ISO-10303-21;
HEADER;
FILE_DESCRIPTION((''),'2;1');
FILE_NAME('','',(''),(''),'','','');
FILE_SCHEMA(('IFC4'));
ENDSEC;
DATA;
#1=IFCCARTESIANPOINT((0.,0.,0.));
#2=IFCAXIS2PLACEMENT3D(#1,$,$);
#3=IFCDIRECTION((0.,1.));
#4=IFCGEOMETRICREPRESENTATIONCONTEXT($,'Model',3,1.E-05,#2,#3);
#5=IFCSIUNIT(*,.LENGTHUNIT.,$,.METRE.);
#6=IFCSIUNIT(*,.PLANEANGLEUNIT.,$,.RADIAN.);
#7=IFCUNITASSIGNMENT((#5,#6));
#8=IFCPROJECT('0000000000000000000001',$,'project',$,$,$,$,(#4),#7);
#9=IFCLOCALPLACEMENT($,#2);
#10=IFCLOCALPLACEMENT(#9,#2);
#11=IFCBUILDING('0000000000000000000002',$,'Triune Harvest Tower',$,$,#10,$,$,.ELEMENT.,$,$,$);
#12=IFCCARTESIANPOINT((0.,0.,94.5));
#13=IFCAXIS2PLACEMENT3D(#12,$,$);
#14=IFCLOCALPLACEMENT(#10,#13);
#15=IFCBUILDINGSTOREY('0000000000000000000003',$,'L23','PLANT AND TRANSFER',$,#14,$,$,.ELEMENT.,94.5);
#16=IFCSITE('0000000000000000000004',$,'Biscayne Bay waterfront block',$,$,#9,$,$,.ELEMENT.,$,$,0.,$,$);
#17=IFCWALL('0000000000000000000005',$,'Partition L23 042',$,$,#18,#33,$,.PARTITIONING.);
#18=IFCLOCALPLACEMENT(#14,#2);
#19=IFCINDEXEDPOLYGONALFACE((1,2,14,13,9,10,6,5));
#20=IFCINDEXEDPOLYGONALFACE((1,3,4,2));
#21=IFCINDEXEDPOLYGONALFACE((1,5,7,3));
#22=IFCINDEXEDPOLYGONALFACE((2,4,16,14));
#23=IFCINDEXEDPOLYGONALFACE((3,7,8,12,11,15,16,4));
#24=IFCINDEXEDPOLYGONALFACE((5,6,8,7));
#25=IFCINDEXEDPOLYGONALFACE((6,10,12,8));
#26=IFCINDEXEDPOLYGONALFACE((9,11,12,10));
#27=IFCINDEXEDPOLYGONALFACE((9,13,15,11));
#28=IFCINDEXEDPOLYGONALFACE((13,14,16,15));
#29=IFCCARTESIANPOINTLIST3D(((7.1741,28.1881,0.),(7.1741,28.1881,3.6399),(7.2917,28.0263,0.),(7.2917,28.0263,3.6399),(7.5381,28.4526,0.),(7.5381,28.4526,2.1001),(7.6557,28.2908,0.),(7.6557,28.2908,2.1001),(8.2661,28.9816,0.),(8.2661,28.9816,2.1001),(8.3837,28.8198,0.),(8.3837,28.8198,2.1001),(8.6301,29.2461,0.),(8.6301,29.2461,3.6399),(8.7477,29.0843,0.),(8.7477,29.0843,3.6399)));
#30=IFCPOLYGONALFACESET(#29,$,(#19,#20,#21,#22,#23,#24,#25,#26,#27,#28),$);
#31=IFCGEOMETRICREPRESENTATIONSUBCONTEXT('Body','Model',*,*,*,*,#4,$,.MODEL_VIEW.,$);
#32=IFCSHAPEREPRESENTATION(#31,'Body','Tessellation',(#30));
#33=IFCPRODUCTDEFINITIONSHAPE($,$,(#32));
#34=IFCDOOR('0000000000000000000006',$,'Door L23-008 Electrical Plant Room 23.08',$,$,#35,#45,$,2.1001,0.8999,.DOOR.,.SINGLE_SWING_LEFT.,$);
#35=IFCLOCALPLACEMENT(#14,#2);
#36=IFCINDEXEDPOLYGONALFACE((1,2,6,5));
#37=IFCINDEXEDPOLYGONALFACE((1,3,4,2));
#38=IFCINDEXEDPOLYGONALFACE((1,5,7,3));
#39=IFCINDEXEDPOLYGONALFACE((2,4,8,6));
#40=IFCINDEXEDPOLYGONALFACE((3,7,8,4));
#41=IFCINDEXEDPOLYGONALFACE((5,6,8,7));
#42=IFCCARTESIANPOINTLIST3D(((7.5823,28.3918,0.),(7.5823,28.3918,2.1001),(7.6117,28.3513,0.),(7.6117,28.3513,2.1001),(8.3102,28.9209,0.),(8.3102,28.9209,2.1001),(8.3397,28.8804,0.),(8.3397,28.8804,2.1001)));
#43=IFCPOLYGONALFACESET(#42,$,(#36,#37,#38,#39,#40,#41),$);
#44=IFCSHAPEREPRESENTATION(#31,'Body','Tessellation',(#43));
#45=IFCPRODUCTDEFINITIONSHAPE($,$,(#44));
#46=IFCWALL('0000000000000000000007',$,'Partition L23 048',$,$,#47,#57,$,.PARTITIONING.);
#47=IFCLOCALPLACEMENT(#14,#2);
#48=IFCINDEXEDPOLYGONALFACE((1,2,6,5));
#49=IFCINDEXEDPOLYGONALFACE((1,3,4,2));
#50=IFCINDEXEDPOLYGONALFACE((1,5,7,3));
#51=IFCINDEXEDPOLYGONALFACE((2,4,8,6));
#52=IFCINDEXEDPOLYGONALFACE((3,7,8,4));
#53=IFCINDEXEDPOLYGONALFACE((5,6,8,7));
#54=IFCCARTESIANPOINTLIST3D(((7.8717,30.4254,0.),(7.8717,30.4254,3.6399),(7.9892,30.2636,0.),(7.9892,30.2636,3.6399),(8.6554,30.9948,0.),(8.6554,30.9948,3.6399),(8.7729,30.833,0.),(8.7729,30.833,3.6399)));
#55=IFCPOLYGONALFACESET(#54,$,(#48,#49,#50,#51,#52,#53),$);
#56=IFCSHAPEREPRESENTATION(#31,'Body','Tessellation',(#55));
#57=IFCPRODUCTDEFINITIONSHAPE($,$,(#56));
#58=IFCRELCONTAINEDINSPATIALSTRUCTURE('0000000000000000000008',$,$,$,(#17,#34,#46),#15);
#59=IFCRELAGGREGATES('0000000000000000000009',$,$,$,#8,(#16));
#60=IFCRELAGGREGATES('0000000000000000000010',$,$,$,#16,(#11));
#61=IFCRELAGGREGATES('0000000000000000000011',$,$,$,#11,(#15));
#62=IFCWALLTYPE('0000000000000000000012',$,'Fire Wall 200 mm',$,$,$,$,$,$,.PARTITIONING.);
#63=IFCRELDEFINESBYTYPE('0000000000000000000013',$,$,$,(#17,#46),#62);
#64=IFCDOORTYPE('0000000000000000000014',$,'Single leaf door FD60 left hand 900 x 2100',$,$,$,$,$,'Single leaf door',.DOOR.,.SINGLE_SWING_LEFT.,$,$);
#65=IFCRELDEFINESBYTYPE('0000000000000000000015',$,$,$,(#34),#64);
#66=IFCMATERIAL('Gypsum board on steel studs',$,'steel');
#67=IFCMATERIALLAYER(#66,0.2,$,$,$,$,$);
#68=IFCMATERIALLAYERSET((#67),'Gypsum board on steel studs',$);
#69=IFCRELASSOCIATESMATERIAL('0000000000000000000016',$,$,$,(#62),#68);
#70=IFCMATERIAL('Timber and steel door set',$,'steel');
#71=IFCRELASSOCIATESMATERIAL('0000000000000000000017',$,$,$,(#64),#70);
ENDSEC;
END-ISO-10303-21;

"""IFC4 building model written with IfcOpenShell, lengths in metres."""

from ifc_helpers import new_model, si_unit, direction, frame, frame_2d, origin, place, context, subcontext, project, spatial, rectangle, extrude, material, layer, layer_set, type_object, element, fill, save


model = new_model("IFC4")

# Units and contexts
model_context = context("Model", 3, precision=1e-05, world=origin(), true_north=direction((0.0, 1.0)))
body_context = subcontext(model_context, "Body", "Model", "MODEL_VIEW")
ifc_project = project(units=[si_unit("LENGTHUNIT", "METRE"), si_unit("PLANEANGLEUNIT", "RADIAN")], contexts=[model_context])

# Site, building, storey
site_placement = place(None, origin())
site = spatial("IfcSite", under=ifc_project, at=site_placement, Name="Biscayne Bay waterfront block", CompositionType="ELEMENT", RefElevation=0.0)
building_placement = place(site_placement, origin())
building = spatial("IfcBuilding", under=site, at=building_placement, Name="Triune Harvest Tower", CompositionType="ELEMENT")
storey_placement = place(building_placement, frame((0.0, 0.0, 94.5)))
storey = spatial("IfcBuildingStorey", under=building, at=storey_placement, Name="L23", Description="PLANT AND TRANSFER", CompositionType="ELEMENT", Elevation=94.5)

# Shared definitions
ifc_material_1 = material(Name="Gypsum board on steel studs", Category="steel")
ifc_layer_1 = layer(ifc_material_1, 0.2)
ifc_layer_set_1 = layer_set([ifc_layer_1], Name="Gypsum board on steel studs")
wall_type = type_object("IfcWallType", Name="Fire Wall 200 mm", PredefinedType="PARTITIONING", material=ifc_layer_set_1)

# Wall, opening, door
wall_1_placement = place(storey_placement, frame((7.2329, 28.1072, 0.0), z_axis=(0.0, 0.0, 1.0), x_axis=(0.808959, 0.587865, 0.0)))
wall_1 = element("IfcWall", 1, at=wall_1_placement, inside=storey, type_object=wall_type, Name="Partition L23 042", PredefinedType="PARTITIONING", context=body_context, shape_type="SweptSolid", body=[
    extrude(rectangle(XDim=1.7998, YDim=0.2, at=frame_2d((0.8999, 0.0))), origin(), (0.0, 0.0, 1.0), 3.6399),
])
opening_placement = place(wall_1_placement, frame((0.45, 0.0, 0.0)))
opening = element("IfcOpeningElement", 2, at=opening_placement, cuts=wall_1, PredefinedType="OPENING", context=body_context, shape_type="SweptSolid", body=[
    extrude(rectangle(XDim=0.8999, YDim=2.1001, at=frame_2d((0.45, 1.05))), frame((0.0, 0.1099, 0.0), z_axis=(0.0, -1.0, 0.0), x_axis=(1.0, 0.0, 0.0)), (0.0, 0.0, 1.0), 0.22),
])
ifc_material_2 = material(Name="Timber and steel door set", Category="steel")
door_type = type_object("IfcDoorType", Name="Single leaf door FD60 left hand 900 x 2100", ElementType="Single leaf door", OperationType="SINGLE_SWING_LEFT", PredefinedType="DOOR", material=ifc_material_2)
door_placement = place(opening_placement, origin())
door = element("IfcDoor", 3, at=door_placement, inside=storey, type_object=door_type, Name="Door L23-008 Electrical Plant Room 23.08", OperationType="SINGLE_SWING_LEFT", OverallHeight=2.1001, OverallWidth=0.8999, PredefinedType="DOOR", context=body_context, shape_type="SweptSolid", body=[
    extrude(rectangle(XDim=0.8999, YDim=2.1001, at=frame_2d((0.45, 1.05))), frame((0.0, 0.0249, 0.0), z_axis=(0.0, -1.0, 0.0), x_axis=(1.0, 0.0, 0.0)), (0.0, 0.0, 1.0), 0.05),
])
fill(opening, door)

# Wall
wall_2_placement = place(storey_placement, frame((7.9304, 30.3445, 0.0), z_axis=(0.0, 0.0, 1.0), x_axis=(0.809041, 0.587752, 0.0)))
element("IfcWall", 4, at=wall_2_placement, inside=storey, type_object=wall_type, Name="Partition L23 048", PredefinedType="PARTITIONING", context=body_context, shape_type="SweptSolid", body=[
    extrude(rectangle(XDim=0.9688, YDim=0.2, at=frame_2d((0.4844, 0.0))), origin(), (0.0, 0.0, 1.0), 3.6399),
])

save(model, "model.ifc")
